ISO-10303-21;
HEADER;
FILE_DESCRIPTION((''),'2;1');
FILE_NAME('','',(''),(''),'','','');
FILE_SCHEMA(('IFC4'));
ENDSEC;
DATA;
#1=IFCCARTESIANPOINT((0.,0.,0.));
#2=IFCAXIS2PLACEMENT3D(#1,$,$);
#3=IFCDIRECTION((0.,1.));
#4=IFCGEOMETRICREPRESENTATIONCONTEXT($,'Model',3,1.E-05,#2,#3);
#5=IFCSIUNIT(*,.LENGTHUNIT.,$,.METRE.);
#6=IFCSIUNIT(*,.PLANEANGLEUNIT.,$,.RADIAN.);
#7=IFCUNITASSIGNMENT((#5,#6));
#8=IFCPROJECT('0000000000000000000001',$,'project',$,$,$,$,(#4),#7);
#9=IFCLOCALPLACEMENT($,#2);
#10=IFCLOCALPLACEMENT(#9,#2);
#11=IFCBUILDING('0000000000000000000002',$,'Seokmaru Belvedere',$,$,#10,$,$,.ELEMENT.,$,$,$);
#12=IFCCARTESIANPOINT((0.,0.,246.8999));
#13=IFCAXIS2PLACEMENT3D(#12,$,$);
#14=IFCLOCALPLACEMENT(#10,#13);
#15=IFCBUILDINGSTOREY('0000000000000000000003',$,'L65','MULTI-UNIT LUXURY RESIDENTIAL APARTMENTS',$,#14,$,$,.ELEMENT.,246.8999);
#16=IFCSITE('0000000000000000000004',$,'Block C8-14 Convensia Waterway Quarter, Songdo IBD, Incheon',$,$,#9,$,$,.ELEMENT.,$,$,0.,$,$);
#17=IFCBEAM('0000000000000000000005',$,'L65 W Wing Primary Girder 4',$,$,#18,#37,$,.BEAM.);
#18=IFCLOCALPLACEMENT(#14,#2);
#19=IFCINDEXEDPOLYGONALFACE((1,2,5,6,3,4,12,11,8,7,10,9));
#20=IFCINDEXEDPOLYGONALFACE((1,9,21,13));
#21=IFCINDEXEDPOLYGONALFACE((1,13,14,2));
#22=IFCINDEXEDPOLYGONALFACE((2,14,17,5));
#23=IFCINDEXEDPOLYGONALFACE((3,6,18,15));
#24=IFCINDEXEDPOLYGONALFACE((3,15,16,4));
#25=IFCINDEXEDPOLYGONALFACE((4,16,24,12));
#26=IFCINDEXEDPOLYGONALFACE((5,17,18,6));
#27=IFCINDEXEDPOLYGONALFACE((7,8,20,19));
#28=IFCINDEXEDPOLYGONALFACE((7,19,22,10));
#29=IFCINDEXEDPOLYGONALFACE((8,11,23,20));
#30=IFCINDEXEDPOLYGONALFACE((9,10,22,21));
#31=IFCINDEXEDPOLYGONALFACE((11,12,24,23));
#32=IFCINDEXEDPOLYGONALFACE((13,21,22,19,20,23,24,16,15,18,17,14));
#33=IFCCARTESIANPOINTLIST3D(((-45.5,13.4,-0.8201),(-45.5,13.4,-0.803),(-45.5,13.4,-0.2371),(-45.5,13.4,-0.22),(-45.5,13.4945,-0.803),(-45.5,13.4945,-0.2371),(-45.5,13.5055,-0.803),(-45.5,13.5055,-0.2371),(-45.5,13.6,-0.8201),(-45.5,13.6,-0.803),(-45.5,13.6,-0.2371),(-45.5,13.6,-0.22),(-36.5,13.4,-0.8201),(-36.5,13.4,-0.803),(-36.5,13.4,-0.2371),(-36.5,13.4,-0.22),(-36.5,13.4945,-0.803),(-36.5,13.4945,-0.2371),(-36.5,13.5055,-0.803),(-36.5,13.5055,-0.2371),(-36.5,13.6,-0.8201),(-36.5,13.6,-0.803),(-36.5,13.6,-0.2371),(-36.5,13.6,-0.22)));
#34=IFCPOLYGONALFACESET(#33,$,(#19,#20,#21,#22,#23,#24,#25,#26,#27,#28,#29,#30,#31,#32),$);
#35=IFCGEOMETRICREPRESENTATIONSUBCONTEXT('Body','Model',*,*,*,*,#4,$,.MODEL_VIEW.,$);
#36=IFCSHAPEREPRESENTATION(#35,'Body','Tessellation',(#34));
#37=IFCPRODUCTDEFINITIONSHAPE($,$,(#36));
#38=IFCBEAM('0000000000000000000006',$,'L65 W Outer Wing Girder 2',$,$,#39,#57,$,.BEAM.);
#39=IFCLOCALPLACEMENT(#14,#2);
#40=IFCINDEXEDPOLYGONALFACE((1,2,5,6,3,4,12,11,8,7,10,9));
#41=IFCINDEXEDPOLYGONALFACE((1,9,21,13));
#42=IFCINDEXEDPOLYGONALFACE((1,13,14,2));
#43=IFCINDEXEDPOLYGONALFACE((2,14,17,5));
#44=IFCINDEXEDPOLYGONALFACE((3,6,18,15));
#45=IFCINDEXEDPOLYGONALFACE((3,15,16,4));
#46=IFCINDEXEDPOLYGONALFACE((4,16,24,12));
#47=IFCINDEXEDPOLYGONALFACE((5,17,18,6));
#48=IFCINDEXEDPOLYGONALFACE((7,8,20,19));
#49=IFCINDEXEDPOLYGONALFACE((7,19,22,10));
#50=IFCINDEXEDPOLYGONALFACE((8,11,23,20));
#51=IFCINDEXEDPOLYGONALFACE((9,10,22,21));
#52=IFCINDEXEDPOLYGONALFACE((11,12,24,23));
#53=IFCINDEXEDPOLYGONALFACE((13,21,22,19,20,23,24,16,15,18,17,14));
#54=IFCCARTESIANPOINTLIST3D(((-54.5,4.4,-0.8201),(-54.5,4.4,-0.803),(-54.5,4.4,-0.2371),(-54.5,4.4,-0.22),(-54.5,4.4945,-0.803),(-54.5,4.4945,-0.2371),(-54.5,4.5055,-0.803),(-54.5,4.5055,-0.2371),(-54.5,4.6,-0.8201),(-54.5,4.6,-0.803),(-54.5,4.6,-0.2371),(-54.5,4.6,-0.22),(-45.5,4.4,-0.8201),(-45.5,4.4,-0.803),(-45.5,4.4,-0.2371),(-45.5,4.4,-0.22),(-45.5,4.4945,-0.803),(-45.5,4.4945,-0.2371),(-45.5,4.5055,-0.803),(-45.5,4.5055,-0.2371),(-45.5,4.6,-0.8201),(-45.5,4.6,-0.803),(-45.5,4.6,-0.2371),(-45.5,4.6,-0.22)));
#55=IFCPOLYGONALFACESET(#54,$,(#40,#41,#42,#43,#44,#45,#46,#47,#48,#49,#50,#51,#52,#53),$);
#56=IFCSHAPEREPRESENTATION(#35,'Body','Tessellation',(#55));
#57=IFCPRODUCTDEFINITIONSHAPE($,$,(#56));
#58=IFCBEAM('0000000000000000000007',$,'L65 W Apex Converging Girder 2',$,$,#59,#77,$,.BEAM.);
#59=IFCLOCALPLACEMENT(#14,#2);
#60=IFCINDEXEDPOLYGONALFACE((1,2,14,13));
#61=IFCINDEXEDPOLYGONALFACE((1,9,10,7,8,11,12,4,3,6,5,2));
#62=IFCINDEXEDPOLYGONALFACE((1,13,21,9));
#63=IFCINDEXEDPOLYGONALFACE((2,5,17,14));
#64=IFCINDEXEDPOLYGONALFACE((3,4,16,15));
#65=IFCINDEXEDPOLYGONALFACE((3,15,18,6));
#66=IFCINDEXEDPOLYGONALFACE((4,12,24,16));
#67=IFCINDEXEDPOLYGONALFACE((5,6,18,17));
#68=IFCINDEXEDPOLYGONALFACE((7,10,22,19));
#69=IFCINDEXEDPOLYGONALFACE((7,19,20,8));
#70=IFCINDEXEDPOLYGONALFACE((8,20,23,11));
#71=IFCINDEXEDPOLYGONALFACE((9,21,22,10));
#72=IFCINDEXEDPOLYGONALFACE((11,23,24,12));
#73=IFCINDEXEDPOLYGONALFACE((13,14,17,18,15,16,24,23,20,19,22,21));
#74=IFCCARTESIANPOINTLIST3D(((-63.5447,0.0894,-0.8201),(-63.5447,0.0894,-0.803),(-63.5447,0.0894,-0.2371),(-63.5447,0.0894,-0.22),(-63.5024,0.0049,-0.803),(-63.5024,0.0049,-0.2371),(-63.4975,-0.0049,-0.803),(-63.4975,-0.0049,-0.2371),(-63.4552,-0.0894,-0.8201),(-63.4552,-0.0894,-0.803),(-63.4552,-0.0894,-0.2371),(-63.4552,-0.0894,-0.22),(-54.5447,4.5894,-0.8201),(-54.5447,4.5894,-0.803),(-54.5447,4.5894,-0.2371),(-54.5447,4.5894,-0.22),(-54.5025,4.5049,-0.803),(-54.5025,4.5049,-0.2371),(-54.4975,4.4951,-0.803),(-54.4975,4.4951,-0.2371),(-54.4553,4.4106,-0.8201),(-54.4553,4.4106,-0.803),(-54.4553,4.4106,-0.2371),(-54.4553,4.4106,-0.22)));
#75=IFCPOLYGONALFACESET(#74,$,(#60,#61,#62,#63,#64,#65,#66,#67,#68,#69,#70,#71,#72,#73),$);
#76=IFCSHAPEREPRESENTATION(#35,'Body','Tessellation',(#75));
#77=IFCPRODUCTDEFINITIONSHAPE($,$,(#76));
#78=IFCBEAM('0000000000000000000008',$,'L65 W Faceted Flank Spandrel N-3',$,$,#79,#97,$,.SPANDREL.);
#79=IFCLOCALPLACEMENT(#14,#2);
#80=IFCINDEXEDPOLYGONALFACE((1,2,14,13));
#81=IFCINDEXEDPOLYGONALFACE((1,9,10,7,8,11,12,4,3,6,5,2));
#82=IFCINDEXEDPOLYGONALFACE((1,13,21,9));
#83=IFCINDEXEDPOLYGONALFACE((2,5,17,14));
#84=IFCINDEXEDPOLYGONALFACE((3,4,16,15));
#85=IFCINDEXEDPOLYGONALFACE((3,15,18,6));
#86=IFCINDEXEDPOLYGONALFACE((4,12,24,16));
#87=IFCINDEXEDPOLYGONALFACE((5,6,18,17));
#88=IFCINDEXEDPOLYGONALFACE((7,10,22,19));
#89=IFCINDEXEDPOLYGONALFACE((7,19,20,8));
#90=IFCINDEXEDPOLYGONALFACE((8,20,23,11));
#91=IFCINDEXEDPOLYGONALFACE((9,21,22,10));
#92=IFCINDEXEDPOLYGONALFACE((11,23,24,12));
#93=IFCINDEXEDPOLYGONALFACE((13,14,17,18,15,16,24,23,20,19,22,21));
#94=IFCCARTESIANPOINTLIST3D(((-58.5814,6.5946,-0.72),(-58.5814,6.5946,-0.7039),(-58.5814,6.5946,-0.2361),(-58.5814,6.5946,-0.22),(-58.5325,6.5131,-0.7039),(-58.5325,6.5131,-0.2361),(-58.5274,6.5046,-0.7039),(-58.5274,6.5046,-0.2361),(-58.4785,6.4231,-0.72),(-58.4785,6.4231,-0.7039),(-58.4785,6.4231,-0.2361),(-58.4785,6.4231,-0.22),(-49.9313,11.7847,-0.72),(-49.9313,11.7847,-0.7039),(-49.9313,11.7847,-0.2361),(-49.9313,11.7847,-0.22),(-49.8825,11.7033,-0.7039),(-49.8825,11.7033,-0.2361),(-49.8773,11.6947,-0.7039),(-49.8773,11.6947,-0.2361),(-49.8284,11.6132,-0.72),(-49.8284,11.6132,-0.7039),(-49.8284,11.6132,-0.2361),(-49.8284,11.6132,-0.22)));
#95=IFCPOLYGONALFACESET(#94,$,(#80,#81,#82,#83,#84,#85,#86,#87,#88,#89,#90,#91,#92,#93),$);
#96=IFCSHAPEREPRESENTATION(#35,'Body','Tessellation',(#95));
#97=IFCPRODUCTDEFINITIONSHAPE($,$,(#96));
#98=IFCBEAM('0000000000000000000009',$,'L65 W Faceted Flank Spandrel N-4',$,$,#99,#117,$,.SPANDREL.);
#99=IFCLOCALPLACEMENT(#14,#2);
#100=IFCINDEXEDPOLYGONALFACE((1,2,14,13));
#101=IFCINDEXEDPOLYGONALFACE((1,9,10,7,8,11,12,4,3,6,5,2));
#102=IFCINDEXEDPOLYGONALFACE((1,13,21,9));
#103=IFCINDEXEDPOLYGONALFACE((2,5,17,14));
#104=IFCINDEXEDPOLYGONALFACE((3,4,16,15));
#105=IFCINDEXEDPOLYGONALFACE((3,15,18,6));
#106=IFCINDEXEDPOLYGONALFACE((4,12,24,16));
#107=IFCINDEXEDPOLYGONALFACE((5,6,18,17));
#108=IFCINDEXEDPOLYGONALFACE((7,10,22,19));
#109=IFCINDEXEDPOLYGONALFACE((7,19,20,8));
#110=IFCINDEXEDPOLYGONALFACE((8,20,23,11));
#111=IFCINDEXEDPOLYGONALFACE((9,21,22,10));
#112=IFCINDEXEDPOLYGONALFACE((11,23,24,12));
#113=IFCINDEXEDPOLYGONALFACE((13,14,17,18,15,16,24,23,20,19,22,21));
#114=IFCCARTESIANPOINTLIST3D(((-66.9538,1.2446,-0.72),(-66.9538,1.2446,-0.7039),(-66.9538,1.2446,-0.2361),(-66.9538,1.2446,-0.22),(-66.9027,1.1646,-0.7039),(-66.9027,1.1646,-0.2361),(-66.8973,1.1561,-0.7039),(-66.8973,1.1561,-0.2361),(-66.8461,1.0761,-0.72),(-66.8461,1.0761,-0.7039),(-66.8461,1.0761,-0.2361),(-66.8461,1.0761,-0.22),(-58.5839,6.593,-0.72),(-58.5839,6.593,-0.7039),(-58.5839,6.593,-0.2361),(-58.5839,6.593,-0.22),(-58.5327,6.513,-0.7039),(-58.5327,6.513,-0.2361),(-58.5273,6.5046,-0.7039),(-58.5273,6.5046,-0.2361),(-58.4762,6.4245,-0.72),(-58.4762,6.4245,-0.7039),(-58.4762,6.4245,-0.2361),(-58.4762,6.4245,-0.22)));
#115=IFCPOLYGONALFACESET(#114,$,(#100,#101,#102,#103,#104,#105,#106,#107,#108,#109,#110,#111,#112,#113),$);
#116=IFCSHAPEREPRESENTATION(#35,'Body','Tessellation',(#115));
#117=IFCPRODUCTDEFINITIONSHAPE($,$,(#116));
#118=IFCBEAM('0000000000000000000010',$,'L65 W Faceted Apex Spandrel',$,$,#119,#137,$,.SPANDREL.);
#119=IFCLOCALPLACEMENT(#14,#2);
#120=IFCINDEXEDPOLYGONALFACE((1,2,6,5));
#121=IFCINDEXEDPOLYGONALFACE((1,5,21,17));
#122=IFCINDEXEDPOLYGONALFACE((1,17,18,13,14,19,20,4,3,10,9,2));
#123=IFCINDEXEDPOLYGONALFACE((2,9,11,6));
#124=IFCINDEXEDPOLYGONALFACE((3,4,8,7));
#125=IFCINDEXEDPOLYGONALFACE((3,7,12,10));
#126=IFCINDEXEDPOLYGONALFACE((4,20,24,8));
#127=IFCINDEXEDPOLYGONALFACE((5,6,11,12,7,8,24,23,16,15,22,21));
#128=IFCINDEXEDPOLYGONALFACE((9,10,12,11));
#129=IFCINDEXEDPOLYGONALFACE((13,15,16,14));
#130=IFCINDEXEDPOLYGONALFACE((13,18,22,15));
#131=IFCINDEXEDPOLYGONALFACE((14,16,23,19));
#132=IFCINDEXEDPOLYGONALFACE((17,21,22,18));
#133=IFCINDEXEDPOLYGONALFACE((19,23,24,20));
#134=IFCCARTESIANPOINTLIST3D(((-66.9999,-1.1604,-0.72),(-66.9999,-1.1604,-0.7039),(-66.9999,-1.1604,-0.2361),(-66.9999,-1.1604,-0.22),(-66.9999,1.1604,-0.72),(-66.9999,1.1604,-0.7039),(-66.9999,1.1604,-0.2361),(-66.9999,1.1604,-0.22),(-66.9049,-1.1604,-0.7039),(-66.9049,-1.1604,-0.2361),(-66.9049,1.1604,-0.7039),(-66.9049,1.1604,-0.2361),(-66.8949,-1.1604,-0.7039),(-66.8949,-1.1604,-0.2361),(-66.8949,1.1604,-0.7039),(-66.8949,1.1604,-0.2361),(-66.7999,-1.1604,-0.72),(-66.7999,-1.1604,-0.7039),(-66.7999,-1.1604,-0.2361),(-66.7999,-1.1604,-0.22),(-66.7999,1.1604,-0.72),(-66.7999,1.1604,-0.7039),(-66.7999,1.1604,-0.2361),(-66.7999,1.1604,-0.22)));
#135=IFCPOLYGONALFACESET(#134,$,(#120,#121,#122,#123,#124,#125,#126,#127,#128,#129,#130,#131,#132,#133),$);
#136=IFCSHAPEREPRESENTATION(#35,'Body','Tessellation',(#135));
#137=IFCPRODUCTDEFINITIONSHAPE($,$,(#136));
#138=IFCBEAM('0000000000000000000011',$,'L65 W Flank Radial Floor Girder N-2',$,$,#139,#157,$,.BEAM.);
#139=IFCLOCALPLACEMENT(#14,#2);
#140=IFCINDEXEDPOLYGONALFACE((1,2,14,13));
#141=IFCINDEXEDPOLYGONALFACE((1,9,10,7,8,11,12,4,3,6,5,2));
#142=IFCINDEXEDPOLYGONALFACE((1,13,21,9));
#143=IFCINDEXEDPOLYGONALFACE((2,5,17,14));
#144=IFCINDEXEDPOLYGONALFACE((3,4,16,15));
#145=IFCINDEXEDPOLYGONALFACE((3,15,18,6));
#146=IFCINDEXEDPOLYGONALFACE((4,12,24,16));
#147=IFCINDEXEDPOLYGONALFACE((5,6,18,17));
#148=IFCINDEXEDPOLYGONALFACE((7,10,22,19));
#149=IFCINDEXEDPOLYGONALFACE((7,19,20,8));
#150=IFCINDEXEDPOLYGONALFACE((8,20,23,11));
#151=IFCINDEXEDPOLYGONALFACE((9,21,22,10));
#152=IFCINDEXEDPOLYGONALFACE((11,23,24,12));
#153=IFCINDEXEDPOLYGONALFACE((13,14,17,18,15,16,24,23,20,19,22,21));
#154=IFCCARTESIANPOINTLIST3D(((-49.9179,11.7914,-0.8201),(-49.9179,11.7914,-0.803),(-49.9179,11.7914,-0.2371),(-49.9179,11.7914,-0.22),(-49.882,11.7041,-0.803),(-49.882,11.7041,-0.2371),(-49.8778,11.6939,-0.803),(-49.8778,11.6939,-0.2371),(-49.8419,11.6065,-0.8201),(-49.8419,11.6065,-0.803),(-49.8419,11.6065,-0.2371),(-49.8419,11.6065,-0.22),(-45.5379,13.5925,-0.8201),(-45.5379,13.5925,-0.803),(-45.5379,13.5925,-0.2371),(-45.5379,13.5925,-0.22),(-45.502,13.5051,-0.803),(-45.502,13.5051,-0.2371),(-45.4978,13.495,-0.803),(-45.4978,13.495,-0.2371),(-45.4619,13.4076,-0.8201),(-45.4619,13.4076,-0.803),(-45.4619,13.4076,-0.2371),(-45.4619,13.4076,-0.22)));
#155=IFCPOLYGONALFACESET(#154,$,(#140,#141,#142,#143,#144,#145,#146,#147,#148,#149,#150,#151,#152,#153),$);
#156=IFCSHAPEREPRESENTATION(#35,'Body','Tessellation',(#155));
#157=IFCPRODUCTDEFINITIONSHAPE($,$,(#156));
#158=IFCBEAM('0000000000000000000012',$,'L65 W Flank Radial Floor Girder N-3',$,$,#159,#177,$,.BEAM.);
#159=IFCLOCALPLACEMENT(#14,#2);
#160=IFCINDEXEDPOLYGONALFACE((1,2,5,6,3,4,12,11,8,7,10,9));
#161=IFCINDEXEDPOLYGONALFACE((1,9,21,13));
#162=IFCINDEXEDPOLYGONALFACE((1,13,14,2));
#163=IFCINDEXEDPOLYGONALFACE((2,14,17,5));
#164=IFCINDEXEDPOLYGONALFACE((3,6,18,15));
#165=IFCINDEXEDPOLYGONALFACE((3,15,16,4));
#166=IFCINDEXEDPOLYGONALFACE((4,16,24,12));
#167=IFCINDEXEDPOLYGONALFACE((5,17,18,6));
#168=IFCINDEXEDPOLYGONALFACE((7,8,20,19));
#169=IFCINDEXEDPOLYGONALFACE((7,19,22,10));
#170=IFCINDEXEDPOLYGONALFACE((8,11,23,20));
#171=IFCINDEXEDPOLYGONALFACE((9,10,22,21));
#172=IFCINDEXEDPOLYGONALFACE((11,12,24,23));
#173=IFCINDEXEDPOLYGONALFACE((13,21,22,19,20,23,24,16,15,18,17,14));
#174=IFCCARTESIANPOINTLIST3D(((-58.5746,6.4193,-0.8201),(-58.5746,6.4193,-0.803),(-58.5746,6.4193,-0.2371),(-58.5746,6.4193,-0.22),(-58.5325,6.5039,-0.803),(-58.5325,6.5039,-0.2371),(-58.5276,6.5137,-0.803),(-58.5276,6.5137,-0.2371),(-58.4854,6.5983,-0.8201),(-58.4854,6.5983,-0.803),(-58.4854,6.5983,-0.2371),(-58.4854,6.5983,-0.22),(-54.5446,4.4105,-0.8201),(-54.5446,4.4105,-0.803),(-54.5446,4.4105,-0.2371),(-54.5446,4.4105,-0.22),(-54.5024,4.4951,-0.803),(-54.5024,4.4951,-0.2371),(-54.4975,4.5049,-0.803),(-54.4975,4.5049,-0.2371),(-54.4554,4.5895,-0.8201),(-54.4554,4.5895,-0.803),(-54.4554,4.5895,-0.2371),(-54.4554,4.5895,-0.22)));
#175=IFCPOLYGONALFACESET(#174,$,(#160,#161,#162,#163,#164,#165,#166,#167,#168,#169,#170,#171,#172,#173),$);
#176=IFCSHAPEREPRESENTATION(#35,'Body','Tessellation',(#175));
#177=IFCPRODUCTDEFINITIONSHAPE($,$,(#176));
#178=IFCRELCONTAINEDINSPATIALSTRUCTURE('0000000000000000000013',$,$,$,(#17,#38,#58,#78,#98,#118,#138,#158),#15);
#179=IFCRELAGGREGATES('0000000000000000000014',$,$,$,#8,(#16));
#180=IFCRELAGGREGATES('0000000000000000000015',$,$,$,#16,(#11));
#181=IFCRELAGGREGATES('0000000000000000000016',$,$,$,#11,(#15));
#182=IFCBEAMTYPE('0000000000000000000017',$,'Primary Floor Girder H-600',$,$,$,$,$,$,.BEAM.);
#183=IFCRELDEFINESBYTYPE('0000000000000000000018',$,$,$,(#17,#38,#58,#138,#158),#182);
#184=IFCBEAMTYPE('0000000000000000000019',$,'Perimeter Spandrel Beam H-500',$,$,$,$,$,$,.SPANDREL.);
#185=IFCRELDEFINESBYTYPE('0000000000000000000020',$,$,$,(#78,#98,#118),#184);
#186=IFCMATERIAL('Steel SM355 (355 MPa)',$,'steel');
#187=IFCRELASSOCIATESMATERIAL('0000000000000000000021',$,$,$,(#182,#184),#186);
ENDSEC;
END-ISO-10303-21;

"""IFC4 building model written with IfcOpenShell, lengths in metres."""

from ifc_helpers import new_model, si_unit, direction, frame, origin, origin_2d, place, context, subcontext, project, spatial, i_section, extrude, source, transform, mapped, material, material_profile, profile_set, type_object, type_shapes, element, save


model = new_model("IFC4")

# Units and contexts
model_context = context("Model", 3, precision=1e-05, world=origin(), true_north=direction((0.0, 1.0)))
body_context = subcontext(model_context, "Body", "Model", "MODEL_VIEW")
ifc_project = project(units=[si_unit("LENGTHUNIT", "METRE"), si_unit("PLANEANGLEUNIT", "RADIAN")], contexts=[model_context])

# Site, building, storey
site_placement = place(None, origin())
site = spatial("IfcSite", under=ifc_project, at=site_placement, Name="Block C8-14 Convensia Waterway Quarter, Songdo IBD, Incheon", CompositionType="ELEMENT", RefElevation=0.0)
building_placement = place(site_placement, origin())
building = spatial("IfcBuilding", under=site, at=building_placement, Name="Seokmaru Belvedere", CompositionType="ELEMENT")
storey_placement = place(building_placement, frame((0.0, 0.0, 246.8999)))
storey = spatial("IfcBuildingStorey", under=building, at=storey_placement, Name="L65", Description="MULTI-UNIT LUXURY RESIDENTIAL APARTMENTS", CompositionType="ELEMENT", Elevation=246.8999)

# Shared definitions
ifc_material_1 = material(Name="Steel SM355 (355 MPa)", Category="steel")

# Beams
ifc_material_profile_1 = material_profile(ifc_material_1, i_section(OverallWidth=0.2, OverallDepth=0.6001, WebThickness=0.011, FlangeThickness=0.0171, at=origin_2d()), Name="H-600x200x11x17")
ifc_profile_set_1 = profile_set([ifc_material_profile_1], Name="Steel SM355 (355 MPa)")
beam_type_1 = type_object("IfcBeamType", Name="Primary Floor Girder H-600", PredefinedType="BEAM", material=ifc_profile_set_1)
shared_shape_1 = source(origin(), body_context, "Body", "SweptSolid", [
    extrude(i_section(OverallWidth=0.2, OverallDepth=0.6001, WebThickness=0.011, FlangeThickness=0.0171, at=origin_2d()), origin(), (0.0, 0.0, 1.0), 9.0),
])
for number, where, z_axis, x_axis, name in (
    (1, (-45.5, 13.5, -0.52), (1.0, 0.0, 0.0), (0.0, 1.0, 0.0), "L65 W Wing Primary Girder 4"),
    (2, (-54.5, 4.5, -0.52), (1.0, 0.0, 0.0), (0.0, 1.0, 0.0), "L65 W Outer Wing Girder 2"),
):
    element("IfcBeam", number, at=place(storey_placement, frame(where, z_axis=z_axis, x_axis=x_axis)), inside=storey, type_object=beam_type_1, Name=name, PredefinedType="BEAM", context=body_context, shape_type="MappedRepresentation", body=[
        mapped(shared_shape_1, transform((0.0, 0.0, 0.0), scale=1.0)),
    ])
shared_shape_2 = source(origin(), body_context, "Body", "SweptSolid", [
    extrude(i_section(OverallWidth=0.2, OverallDepth=0.6001, WebThickness=0.011, FlangeThickness=0.0171, at=origin_2d()), origin(), (0.0, 0.0, 1.0), 10.0623),
])
beam_1_placement = place(storey_placement, frame((-54.5, 4.5, -0.52), z_axis=(-0.894427, -0.447214, 0.0), x_axis=(0.447214, -0.894427, 0.0)))
element("IfcBeam", 3, at=beam_1_placement, inside=storey, type_object=beam_type_1, Name="L65 W Apex Converging Girder 2", PredefinedType="BEAM", context=body_context, shape_type="MappedRepresentation", body=[
    mapped(shared_shape_2, transform((0.0, 0.0, 0.0), scale=1.0)),
])
ifc_material_profile_2 = material_profile(ifc_material_1, i_section(OverallWidth=0.2, OverallDepth=0.5, WebThickness=0.01, FlangeThickness=0.0161, at=origin_2d()), Name="H-500x200x10x16")
ifc_profile_set_2 = profile_set([ifc_material_profile_2], Name="Steel SM355 (355 MPa)")
beam_type_2 = type_object("IfcBeamType", Name="Perimeter Spandrel Beam H-500", PredefinedType="SPANDREL", material=ifc_profile_set_2)
shared_shape_3 = source(origin(), body_context, "Body", "SweptSolid", [
    extrude(i_section(OverallWidth=0.2, OverallDepth=0.5, WebThickness=0.01, FlangeThickness=0.0161, at=origin_2d()), origin(), (0.0, 0.0, 1.0), 10.0876),
])
beam_2_placement = place(storey_placement, frame((-49.8799, 11.699, -0.47), z_axis=(-0.857489, -0.514503, 0.0), x_axis=(0.514503, -0.857489, 0.0)))
element("IfcBeam", 4, at=beam_2_placement, inside=storey, type_object=beam_type_2, Name="L65 W Faceted Flank Spandrel N-3", PredefinedType="SPANDREL", context=body_context, shape_type="MappedRepresentation", body=[
    mapped(shared_shape_3, transform((0.0, 0.0, 0.0), scale=1.0)),
])
shared_shape_4 = source(origin(), body_context, "Body", "SweptSolid", [
    extrude(i_section(OverallWidth=0.2, OverallDepth=0.5, WebThickness=0.01, FlangeThickness=0.0161, at=origin_2d()), origin(), (0.0, 0.0, 1.0), 9.9329),
])
beam_3_placement = place(storey_placement, frame((-58.53, 6.5088, -0.47), z_axis=(-0.842652, -0.538459, 0.0), x_axis=(0.538459, -0.842652, 0.0)))
element("IfcBeam", 5, at=beam_3_placement, inside=storey, type_object=beam_type_2, Name="L65 W Faceted Flank Spandrel N-4", PredefinedType="SPANDREL", context=body_context, shape_type="MappedRepresentation", body=[
    mapped(shared_shape_4, transform((0.0, 0.0, 0.0), scale=1.0)),
])
shared_shape_5 = source(origin(), body_context, "Body", "SweptSolid", [
    extrude(i_section(OverallWidth=0.2, OverallDepth=0.5, WebThickness=0.01, FlangeThickness=0.0161, at=origin_2d()), origin(), (0.0, 0.0, 1.0), 2.3208),
])
type_shapes(beam_type_2, [shared_shape_3, shared_shape_4, shared_shape_5])
beam_4_placement = place(storey_placement, frame((-66.8999, -1.1604, -0.47), z_axis=(0.0, 1.0, 0.0), x_axis=(-1.0, 0.0, 0.0)))
element("IfcBeam", 6, at=beam_4_placement, inside=storey, type_object=beam_type_2, Name="L65 W Faceted Apex Spandrel", PredefinedType="SPANDREL", context=body_context, shape_type="MappedRepresentation", body=[
    mapped(shared_shape_5, transform((0.0, 0.0, 0.0), scale=1.0)),
])
shared_shape_6 = source(origin(), body_context, "Body", "SweptSolid", [
    extrude(i_section(OverallWidth=0.2, OverallDepth=0.6001, WebThickness=0.011, FlangeThickness=0.0171, at=origin_2d()), origin(), (0.0, 0.0, 1.0), 4.7358),
])
beam_5_placement = place(storey_placement, frame((-49.8799, 11.699, -0.52), z_axis=(0.924861, 0.380306, 0.0), x_axis=(-0.380306, 0.924861, 0.0)))
element("IfcBeam", 7, at=beam_5_placement, inside=storey, type_object=beam_type_1, Name="L65 W Flank Radial Floor Girder N-2", PredefinedType="BEAM", context=body_context, shape_type="MappedRepresentation", body=[
    mapped(shared_shape_6, transform((0.0, 0.0, 0.0), scale=1.0)),
])
shared_shape_7 = source(origin(), body_context, "Body", "SweptSolid", [
    extrude(i_section(OverallWidth=0.2, OverallDepth=0.6001, WebThickness=0.011, FlangeThickness=0.0171, at=origin_2d()), origin(), (0.0, 0.0, 1.0), 4.5029),
])
beam_6_placement = place(storey_placement, frame((-58.53, 6.5088, -0.52), z_axis=(0.89498, -0.446107, 0.0), x_axis=(0.446107, 0.89498, 0.0)))
element("IfcBeam", 8, at=beam_6_placement, inside=storey, type_object=beam_type_1, Name="L65 W Flank Radial Floor Girder N-3", PredefinedType="BEAM", context=body_context, shape_type="MappedRepresentation", body=[
    mapped(shared_shape_7, transform((0.0, 0.0, 0.0), scale=1.0)),
])

save(model, "model.ifc")
